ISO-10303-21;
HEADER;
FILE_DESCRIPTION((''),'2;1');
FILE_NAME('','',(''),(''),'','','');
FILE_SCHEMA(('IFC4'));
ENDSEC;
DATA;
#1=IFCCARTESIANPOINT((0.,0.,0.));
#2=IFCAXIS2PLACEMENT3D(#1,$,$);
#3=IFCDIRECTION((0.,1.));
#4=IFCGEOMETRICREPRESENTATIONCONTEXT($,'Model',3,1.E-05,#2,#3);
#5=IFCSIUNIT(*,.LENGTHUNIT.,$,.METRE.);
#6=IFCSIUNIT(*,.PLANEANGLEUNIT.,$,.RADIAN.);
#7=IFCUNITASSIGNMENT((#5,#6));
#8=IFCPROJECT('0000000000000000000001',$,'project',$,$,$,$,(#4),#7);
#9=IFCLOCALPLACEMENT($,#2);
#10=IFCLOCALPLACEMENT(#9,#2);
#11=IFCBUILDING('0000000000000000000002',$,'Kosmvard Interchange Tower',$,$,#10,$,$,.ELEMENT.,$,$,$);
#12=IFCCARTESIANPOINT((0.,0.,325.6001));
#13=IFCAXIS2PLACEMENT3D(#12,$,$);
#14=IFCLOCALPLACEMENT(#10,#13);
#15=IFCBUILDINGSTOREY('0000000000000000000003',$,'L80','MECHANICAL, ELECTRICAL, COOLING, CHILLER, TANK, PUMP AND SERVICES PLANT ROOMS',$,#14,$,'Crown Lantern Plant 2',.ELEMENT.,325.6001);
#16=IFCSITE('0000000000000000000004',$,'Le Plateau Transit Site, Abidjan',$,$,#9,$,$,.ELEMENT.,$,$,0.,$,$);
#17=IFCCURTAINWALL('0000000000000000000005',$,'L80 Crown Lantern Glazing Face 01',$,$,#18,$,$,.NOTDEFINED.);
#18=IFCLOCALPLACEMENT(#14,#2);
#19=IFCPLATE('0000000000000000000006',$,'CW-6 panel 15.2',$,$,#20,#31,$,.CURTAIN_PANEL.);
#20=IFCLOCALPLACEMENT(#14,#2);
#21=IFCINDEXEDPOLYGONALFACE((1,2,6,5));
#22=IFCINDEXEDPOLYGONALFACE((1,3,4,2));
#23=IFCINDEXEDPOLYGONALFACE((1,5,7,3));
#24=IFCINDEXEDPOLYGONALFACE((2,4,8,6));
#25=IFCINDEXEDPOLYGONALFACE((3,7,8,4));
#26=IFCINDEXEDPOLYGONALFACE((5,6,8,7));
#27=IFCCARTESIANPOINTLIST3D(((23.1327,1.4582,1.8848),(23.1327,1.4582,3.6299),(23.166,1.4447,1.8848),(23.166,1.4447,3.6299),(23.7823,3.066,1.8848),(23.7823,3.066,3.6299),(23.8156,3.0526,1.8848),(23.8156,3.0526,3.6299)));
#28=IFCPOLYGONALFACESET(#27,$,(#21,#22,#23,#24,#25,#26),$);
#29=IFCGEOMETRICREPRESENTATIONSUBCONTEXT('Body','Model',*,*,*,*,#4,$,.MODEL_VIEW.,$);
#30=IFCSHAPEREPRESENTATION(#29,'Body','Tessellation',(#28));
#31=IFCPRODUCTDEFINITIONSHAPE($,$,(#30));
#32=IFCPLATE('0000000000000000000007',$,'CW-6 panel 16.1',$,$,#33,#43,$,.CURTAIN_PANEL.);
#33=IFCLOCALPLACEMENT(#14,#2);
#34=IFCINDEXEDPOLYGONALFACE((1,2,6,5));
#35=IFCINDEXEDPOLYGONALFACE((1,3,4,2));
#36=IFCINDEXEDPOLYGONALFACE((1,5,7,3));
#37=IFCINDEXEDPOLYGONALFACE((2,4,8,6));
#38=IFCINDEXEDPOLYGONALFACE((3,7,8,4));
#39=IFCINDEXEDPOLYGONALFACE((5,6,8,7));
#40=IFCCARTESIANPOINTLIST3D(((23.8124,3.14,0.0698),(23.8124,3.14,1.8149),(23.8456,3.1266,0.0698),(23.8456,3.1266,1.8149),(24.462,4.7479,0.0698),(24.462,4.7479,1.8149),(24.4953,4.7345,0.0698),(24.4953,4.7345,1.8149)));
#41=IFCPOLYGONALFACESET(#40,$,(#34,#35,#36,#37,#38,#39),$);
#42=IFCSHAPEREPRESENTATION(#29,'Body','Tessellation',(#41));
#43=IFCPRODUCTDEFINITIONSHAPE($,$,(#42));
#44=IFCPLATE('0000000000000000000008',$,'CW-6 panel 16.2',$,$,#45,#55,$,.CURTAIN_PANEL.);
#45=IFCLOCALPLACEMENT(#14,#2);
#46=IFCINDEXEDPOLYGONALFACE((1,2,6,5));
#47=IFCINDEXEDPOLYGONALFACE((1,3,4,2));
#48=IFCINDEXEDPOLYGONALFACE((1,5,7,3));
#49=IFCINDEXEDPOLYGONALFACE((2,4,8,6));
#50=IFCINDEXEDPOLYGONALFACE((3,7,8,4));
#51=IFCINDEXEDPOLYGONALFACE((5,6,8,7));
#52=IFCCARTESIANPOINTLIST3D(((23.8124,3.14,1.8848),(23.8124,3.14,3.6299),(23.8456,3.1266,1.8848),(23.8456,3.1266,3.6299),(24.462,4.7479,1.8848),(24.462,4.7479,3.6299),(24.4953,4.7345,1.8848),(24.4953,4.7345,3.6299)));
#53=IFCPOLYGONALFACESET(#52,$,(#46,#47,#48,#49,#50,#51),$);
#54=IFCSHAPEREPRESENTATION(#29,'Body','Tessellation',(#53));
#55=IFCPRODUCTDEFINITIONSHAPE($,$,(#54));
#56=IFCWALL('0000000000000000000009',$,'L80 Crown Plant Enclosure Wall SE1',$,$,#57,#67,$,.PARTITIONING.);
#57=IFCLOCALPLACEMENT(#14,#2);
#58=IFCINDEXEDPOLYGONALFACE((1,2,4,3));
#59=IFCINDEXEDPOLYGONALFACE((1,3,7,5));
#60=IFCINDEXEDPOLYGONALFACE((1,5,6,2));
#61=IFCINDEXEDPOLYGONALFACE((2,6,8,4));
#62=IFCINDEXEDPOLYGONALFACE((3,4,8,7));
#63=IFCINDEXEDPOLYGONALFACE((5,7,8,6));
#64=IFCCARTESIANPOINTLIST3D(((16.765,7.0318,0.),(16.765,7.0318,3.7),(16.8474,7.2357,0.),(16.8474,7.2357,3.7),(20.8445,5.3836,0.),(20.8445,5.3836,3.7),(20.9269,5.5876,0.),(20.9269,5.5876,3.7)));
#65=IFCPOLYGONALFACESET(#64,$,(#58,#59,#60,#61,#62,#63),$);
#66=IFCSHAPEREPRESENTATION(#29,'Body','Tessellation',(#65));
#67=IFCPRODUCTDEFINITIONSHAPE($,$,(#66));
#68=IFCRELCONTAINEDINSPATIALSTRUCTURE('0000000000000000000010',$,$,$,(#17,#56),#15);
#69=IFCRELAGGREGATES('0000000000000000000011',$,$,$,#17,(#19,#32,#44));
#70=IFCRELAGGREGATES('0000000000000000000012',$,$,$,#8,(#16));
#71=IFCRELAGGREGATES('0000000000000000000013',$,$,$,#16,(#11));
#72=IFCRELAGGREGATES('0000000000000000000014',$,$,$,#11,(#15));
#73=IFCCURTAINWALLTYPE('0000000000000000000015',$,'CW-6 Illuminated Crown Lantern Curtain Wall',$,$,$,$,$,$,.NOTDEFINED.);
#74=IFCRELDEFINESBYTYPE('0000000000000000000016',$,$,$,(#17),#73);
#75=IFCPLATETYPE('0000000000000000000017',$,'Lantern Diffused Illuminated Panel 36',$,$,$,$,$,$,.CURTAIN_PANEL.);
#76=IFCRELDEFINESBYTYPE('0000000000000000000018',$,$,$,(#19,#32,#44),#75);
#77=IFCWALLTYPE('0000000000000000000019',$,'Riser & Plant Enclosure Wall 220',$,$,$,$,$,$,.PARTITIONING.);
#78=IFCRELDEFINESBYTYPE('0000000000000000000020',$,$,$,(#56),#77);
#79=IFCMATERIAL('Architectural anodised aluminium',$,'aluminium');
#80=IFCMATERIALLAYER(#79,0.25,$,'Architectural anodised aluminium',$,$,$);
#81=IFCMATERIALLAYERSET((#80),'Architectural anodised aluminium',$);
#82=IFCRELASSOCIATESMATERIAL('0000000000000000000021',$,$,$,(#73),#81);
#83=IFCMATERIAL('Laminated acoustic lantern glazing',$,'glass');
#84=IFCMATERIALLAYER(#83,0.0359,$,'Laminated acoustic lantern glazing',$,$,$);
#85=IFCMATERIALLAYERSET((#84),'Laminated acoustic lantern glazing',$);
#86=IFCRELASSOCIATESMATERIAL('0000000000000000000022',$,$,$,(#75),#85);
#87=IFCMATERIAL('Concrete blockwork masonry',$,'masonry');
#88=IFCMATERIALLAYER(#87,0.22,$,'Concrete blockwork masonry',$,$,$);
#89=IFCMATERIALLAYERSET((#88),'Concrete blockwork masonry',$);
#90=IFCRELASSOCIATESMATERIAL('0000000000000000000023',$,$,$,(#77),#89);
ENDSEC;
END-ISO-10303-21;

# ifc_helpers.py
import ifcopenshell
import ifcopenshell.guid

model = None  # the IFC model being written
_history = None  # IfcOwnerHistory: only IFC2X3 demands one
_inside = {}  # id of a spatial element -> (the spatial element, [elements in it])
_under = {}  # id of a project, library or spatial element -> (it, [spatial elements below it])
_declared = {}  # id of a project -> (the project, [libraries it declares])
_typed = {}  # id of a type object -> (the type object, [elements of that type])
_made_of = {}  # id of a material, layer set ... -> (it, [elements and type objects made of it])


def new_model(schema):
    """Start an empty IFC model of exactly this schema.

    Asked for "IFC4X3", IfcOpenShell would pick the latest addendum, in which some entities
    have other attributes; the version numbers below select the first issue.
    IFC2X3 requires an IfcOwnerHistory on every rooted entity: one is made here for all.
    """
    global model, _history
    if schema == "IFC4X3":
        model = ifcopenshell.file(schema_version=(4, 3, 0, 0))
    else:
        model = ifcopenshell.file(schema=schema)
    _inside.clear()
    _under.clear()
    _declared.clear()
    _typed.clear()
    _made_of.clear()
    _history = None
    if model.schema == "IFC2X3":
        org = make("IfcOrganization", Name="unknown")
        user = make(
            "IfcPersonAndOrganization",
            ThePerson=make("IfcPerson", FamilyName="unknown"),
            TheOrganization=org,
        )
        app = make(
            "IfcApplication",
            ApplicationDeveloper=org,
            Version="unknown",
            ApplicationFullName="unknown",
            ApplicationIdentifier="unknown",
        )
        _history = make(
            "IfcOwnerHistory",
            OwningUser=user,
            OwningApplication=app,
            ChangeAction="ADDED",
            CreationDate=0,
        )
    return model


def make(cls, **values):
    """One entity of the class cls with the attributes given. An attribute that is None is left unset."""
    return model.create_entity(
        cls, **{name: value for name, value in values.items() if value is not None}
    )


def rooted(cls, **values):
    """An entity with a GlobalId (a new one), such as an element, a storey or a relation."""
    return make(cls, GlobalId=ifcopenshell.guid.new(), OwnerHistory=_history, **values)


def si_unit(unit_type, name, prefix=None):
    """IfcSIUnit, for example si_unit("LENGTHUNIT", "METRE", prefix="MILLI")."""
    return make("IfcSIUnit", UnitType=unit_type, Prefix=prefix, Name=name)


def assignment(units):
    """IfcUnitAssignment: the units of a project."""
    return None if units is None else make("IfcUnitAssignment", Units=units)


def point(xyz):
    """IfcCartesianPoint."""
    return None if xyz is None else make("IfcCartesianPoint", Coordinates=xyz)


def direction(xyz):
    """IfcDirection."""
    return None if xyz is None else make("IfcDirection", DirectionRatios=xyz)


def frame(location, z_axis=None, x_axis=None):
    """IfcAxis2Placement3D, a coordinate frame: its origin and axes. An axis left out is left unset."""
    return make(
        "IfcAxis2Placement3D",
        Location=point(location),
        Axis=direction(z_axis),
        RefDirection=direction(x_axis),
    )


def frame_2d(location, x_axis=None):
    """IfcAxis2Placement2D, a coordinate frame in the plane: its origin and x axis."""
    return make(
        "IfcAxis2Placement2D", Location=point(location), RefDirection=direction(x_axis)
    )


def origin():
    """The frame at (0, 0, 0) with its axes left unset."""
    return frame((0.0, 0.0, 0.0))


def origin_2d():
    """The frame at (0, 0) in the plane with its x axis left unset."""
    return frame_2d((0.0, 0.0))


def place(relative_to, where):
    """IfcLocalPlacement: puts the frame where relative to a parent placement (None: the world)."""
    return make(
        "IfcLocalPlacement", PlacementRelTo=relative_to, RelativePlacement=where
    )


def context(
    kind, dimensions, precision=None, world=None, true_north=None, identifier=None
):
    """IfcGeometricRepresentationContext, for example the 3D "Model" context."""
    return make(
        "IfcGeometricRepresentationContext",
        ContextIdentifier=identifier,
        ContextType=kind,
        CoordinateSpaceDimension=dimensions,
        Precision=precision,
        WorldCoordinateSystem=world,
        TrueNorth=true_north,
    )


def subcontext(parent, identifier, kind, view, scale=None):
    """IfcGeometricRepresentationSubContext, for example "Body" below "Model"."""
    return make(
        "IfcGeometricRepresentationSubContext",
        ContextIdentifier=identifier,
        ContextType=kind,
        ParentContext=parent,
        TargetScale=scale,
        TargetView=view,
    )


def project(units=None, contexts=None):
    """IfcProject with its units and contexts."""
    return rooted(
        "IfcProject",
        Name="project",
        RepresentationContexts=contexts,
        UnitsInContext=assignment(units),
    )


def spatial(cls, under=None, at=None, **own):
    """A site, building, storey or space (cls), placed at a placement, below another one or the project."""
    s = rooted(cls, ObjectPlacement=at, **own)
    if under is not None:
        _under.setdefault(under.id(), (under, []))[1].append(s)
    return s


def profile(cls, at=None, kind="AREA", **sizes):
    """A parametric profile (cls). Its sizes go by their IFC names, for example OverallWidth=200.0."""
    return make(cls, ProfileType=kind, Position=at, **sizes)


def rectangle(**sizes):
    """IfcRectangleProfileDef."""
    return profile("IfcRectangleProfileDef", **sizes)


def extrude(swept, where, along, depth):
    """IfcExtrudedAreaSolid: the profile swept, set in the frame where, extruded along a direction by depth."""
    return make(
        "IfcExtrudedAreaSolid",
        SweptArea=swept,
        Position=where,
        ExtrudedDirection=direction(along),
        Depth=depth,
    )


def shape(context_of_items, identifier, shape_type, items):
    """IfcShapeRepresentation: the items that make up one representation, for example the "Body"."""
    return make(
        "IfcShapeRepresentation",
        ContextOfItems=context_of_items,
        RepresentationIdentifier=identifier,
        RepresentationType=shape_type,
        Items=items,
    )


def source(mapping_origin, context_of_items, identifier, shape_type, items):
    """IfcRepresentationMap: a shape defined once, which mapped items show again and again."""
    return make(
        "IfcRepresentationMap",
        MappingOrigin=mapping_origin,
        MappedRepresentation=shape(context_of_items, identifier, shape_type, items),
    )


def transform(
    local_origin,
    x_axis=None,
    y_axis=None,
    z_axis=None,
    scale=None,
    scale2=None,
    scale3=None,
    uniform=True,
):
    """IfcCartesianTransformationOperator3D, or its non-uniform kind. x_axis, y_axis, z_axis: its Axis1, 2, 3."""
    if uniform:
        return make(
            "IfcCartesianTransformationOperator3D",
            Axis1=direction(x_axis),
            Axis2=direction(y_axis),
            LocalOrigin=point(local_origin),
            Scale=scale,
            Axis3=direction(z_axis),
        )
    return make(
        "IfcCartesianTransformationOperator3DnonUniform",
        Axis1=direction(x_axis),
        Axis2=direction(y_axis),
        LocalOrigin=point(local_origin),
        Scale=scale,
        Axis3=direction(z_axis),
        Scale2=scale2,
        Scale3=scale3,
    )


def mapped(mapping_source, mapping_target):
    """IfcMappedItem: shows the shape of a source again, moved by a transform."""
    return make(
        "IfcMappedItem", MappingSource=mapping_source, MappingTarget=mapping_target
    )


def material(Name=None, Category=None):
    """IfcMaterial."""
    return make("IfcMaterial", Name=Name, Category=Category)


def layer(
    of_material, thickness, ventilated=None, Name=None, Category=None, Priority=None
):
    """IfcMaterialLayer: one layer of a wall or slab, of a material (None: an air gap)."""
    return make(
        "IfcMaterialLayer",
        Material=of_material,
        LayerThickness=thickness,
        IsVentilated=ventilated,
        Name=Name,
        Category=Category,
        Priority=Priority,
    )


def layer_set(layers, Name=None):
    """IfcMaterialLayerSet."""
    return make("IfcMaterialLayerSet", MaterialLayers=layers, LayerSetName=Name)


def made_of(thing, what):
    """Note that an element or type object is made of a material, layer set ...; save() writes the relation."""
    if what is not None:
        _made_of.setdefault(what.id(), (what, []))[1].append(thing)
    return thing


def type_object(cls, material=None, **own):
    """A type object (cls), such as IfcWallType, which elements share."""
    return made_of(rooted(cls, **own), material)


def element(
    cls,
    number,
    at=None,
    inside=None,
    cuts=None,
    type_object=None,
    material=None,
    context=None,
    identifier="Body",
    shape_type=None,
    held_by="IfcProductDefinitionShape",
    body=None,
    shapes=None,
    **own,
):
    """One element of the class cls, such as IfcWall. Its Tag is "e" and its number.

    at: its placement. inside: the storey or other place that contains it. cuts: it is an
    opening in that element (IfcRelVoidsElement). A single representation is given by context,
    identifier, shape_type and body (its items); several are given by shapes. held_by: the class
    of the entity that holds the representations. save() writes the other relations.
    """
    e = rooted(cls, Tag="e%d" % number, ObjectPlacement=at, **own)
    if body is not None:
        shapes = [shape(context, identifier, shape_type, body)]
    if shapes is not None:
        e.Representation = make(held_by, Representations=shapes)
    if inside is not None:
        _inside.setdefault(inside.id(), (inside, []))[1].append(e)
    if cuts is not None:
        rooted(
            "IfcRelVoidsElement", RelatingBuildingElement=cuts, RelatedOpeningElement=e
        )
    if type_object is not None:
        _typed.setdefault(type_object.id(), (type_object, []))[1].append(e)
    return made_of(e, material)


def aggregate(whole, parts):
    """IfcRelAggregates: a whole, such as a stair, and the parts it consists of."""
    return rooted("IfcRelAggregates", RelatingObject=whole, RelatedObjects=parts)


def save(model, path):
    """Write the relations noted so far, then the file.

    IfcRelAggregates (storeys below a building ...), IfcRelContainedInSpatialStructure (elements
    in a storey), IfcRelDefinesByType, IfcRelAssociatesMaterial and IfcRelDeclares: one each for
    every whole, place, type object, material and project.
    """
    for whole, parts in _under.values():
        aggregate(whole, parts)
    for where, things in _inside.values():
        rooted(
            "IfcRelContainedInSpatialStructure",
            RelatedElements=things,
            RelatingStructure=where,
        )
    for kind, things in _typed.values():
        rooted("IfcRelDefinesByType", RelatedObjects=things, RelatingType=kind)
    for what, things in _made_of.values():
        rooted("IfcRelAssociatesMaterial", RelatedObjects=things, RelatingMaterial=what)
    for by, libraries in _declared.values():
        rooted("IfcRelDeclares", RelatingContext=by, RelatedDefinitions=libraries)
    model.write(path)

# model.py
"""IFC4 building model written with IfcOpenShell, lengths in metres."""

from ifc_helpers import new_model, si_unit, direction, frame, frame_2d, origin, origin_2d, place, context, subcontext, project, spatial, rectangle, extrude, source, transform, mapped, material, layer, layer_set, type_object, element, aggregate, save


model = new_model("IFC4")

# Units and contexts
model_context = context("Model", 3, precision=1e-05, world=origin(), true_north=direction((0.0, 1.0)))
body_context = subcontext(model_context, "Body", "Model", "MODEL_VIEW")
ifc_project = project(units=[si_unit("LENGTHUNIT", "METRE"), si_unit("PLANEANGLEUNIT", "RADIAN")], contexts=[model_context])

# Site, building, storey
site_placement = place(None, origin())
site = spatial("IfcSite", under=ifc_project, at=site_placement, Name="Le Plateau Transit Site, Abidjan", CompositionType="ELEMENT", RefElevation=0.0)
building_placement = place(site_placement, origin())
building = spatial("IfcBuilding", under=site, at=building_placement, Name="Kosmvard Interchange Tower", CompositionType="ELEMENT")
storey_placement = place(building_placement, frame((0.0, 0.0, 325.6001)))
storey = spatial("IfcBuildingStorey", under=building, at=storey_placement, Name="L80", Description="MECHANICAL, ELECTRICAL, COOLING, CHILLER, TANK, PUMP AND SERVICES PLANT ROOMS", LongName="Crown Lantern Plant 2", CompositionType="ELEMENT", Elevation=325.6001)

# Curtain wall
ifc_material_1 = material(Name="Architectural anodised aluminium", Category="aluminium")
ifc_layer_1 = layer(ifc_material_1, 0.25, Name="Architectural anodised aluminium")
ifc_layer_set_1 = layer_set([ifc_layer_1], Name="Architectural anodised aluminium")
curtain_wall_type = type_object("IfcCurtainWallType", Name="CW-6 Illuminated Crown Lantern Curtain Wall", PredefinedType="NOTDEFINED", material=ifc_layer_set_1)
curtain_wall_placement = place(storey_placement, origin())
curtain_wall = element("IfcCurtainWall", 1, at=curtain_wall_placement, inside=storey, type_object=curtain_wall_type, Name="L80 Crown Lantern Glazing Face 01", PredefinedType="NOTDEFINED")

# Plates
ifc_material_2 = material(Name="Laminated acoustic lantern glazing", Category="glass")
ifc_layer_2 = layer(ifc_material_2, 0.0359, Name="Laminated acoustic lantern glazing")
ifc_layer_set_2 = layer_set([ifc_layer_2], Name="Laminated acoustic lantern glazing")
plate_type_1 = type_object("IfcPlateType", Name="Lantern Diffused Illuminated Panel 36", PredefinedType="CURTAIN_PANEL", material=ifc_layer_set_2)
shared_shape_1 = source(origin(), body_context, "Body", "SweptSolid", [
    extrude(rectangle(XDim=1.7341, YDim=0.0359, at=origin_2d()), origin(), (0.0, 0.0, 1.0), 1.7451),
])
plate_1_placement = place(storey_placement, frame((23.4741, 2.2554, 1.8848), z_axis=(0.0, 0.0, 1.0), x_axis=(0.374607, 0.927184, 0.0)))
plate_1 = element("IfcPlate", 2, at=plate_1_placement, type_object=plate_type_1, Name="CW-6 panel 15.2", PredefinedType="CURTAIN_PANEL", context=body_context, shape_type="MappedRepresentation", body=[
    mapped(shared_shape_1, transform((0.0, 0.0, 0.0), scale=1.0)),
])
plate_2_placement = place(storey_placement, frame((24.1538, 3.9373, 0.0698), z_axis=(0.0, 0.0, 1.0), x_axis=(0.374607, 0.927184, 0.0)))
plate_2 = element("IfcPlate", 3, at=plate_2_placement, type_object=plate_type_1, Name="CW-6 panel 16.1", PredefinedType="CURTAIN_PANEL", context=body_context, shape_type="MappedRepresentation", body=[
    mapped(shared_shape_1, transform((0.0, 0.0, 0.0), scale=1.0)),
])
plate_3_placement = place(storey_placement, frame((24.1538, 3.9373, 1.8848), z_axis=(0.0, 0.0, 1.0), x_axis=(0.374607, 0.927184, 0.0)))
plate_3 = element("IfcPlate", 4, at=plate_3_placement, type_object=plate_type_1, Name="CW-6 panel 16.2", PredefinedType="CURTAIN_PANEL", context=body_context, shape_type="MappedRepresentation", body=[
    mapped(shared_shape_1, transform((0.0, 0.0, 0.0), scale=1.0)),
])
aggregate(curtain_wall, [plate_1, plate_2, plate_3])

# Wall
ifc_material_3 = material(Name="Concrete blockwork masonry", Category="masonry")
ifc_layer_3 = layer(ifc_material_3, 0.22, Name="Concrete blockwork masonry")
ifc_layer_set_3 = layer_set([ifc_layer_3], Name="Concrete blockwork masonry")
wall_type = type_object("IfcWallType", Name="Riser & Plant Enclosure Wall 220", PredefinedType="PARTITIONING", material=ifc_layer_set_3)
wall_placement = place(storey_placement, frame((20.8857, 5.4856, 0.0), z_axis=(0.0, 0.0, 1.0), x_axis=(-0.927189, 0.374593, 0.0)))
element("IfcWall", 5, at=wall_placement, inside=storey, type_object=wall_type, Name="L80 Crown Plant Enclosure Wall SE1", PredefinedType="PARTITIONING", context=body_context, shape_type="SweptSolid", body=[
    extrude(rectangle(XDim=4.3999, YDim=0.22, at=frame_2d((2.2, 0.0))), origin(), (0.0, 0.0, 1.0), 3.7),
])

save(model, "model.ifc")
